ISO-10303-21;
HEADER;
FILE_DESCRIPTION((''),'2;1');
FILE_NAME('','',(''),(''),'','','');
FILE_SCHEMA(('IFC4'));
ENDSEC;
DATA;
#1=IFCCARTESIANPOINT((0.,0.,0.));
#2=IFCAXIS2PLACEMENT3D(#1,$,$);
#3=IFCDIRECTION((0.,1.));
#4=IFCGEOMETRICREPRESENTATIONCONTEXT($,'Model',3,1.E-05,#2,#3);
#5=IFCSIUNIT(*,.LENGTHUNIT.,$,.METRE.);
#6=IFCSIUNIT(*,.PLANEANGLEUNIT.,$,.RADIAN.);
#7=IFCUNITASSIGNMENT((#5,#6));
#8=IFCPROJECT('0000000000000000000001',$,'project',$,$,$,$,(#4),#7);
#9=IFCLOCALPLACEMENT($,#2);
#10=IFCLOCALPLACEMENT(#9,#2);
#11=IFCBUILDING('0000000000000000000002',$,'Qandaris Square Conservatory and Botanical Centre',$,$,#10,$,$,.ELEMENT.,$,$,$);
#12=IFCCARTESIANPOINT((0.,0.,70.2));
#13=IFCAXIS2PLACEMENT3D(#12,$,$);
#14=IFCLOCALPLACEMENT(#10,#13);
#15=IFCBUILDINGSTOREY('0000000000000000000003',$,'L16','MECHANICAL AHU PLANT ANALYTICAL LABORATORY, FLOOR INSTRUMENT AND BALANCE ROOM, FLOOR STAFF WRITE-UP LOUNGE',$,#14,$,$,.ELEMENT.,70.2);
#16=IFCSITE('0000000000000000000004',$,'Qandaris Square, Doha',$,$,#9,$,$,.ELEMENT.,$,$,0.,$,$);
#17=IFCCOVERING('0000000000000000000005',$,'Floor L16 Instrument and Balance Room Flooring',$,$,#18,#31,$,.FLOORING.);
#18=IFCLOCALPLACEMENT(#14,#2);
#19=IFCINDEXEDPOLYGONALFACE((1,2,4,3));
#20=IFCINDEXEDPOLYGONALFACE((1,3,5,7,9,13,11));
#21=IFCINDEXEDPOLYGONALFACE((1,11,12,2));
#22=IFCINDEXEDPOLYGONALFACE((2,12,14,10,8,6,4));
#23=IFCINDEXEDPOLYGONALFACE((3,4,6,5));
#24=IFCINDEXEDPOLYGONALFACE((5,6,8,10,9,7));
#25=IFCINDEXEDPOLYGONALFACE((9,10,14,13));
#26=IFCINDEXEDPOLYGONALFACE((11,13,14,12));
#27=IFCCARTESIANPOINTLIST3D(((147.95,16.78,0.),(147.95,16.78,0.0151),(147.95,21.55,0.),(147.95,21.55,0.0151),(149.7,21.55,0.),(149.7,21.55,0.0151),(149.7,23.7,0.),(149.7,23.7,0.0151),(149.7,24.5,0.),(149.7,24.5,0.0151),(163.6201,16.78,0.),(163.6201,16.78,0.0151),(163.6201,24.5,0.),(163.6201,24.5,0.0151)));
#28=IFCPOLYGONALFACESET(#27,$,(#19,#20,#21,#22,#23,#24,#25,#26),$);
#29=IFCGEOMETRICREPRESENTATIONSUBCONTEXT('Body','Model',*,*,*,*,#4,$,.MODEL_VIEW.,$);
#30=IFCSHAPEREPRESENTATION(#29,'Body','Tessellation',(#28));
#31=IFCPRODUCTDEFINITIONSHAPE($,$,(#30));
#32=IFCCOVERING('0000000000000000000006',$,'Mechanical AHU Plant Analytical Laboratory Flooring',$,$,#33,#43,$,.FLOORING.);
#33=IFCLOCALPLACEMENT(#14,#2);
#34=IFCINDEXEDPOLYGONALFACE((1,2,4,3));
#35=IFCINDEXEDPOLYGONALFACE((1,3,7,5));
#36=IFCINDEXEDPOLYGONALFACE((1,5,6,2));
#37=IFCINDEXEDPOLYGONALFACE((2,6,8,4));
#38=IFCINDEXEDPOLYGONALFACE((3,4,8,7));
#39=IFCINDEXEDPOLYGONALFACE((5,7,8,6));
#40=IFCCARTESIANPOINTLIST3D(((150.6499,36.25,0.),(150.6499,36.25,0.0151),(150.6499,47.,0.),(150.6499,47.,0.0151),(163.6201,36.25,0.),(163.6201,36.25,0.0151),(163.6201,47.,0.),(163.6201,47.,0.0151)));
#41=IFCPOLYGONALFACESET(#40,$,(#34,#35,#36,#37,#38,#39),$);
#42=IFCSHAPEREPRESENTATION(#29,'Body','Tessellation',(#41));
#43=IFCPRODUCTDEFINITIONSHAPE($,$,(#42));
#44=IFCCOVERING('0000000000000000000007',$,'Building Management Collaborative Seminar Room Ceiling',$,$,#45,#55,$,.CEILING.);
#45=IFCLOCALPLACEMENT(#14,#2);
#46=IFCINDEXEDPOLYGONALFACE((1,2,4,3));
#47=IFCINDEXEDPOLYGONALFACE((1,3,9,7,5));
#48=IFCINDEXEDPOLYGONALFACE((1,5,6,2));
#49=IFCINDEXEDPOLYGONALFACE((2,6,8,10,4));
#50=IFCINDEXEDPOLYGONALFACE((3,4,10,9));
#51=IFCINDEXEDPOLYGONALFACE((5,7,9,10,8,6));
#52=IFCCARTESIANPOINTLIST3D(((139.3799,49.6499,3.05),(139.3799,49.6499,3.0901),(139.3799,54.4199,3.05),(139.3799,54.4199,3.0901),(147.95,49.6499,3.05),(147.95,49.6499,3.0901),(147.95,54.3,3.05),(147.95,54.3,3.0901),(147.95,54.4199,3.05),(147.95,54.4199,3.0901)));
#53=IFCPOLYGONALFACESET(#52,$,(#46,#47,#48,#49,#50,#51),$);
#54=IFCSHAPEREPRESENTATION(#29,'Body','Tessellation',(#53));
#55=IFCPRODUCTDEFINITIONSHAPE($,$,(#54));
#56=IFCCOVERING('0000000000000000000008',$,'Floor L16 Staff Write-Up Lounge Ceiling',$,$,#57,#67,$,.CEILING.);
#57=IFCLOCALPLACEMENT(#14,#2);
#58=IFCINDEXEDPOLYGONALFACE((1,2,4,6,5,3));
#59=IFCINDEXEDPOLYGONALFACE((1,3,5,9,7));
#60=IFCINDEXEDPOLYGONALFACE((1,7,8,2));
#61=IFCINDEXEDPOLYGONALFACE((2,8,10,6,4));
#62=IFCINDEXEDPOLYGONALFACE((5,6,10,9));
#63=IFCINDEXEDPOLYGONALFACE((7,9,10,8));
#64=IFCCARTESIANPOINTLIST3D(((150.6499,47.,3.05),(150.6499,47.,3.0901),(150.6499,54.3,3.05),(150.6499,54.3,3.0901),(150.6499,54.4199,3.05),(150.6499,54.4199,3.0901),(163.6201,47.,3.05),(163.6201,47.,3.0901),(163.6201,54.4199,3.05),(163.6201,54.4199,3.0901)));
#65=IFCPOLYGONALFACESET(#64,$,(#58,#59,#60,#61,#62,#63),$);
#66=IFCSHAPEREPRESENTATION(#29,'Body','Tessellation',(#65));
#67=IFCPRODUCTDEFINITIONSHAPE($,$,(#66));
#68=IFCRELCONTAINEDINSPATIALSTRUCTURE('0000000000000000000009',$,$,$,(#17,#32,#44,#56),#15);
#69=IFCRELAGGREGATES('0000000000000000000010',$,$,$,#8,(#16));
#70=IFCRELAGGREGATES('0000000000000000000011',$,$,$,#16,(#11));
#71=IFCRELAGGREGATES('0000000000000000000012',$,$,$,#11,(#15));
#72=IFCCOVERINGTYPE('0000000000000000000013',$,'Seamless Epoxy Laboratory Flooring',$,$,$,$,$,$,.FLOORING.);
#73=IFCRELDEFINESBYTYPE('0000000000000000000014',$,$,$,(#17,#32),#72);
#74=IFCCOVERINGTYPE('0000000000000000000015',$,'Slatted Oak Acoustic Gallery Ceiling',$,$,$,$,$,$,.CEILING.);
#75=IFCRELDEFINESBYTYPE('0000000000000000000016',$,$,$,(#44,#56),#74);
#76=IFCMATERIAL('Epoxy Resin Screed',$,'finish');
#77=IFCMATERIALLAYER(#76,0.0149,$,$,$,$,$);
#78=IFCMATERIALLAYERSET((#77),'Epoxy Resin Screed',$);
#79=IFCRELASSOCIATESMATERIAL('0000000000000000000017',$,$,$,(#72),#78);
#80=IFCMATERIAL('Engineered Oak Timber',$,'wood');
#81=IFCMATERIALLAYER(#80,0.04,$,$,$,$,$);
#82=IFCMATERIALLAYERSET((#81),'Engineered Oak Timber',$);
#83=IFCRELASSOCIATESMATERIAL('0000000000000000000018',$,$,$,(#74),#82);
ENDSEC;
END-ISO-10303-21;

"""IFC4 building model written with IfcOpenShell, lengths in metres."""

from ifc_helpers import new_model, si_unit, direction, frame, origin, place, context, subcontext, project, spatial, polyline, outline, extrude, material, layer, layer_set, type_object, element, save


model = new_model("IFC4")

# Units and contexts
model_context = context("Model", 3, precision=1e-05, world=origin(), true_north=direction((0.0, 1.0)))
body_context = subcontext(model_context, "Body", "Model", "MODEL_VIEW")
ifc_project = project(units=[si_unit("LENGTHUNIT", "METRE"), si_unit("PLANEANGLEUNIT", "RADIAN")], contexts=[model_context])

# Site, building, storey
site_placement = place(None, origin())
site = spatial("IfcSite", under=ifc_project, at=site_placement, Name="Qandaris Square, Doha", CompositionType="ELEMENT", RefElevation=0.0)
building_placement = place(site_placement, origin())
building = spatial("IfcBuilding", under=site, at=building_placement, Name="Qandaris Square Conservatory and Botanical Centre", CompositionType="ELEMENT")
storey_placement = place(building_placement, frame((0.0, 0.0, 70.2)))
storey = spatial("IfcBuildingStorey", under=building, at=storey_placement, Name="L16", Description="MECHANICAL AHU PLANT ANALYTICAL LABORATORY, FLOOR INSTRUMENT AND BALANCE ROOM, FLOOR STAFF WRITE-UP LOUNGE", CompositionType="ELEMENT", Elevation=70.2)

# Coverings
ifc_material_1 = material(Name="Epoxy Resin Screed", Category="finish")
ifc_layer_1 = layer(ifc_material_1, 0.0149)
ifc_layer_set_1 = layer_set([ifc_layer_1], Name="Epoxy Resin Screed")
covering_type_1 = type_object("IfcCoveringType", Name="Seamless Epoxy Laboratory Flooring", PredefinedType="FLOORING", material=ifc_layer_set_1)
covering_1_placement = place(storey_placement, origin())
element("IfcCovering", 1, at=covering_1_placement, inside=storey, type_object=covering_type_1, Name="Floor L16 Instrument and Balance Room Flooring", PredefinedType="FLOORING", context=body_context, shape_type="SweptSolid", body=[
    extrude(outline(polyline([(149.7, 24.5), (163.6201, 24.5), (163.6201, 16.78), (147.95, 16.78), (147.95, 21.55), (149.7, 21.55), (149.7, 23.7), (149.7, 24.5)])), origin(), (0.0, 0.0, 1.0), 0.0151),
])
covering_2_placement = place(storey_placement, origin())
element("IfcCovering", 2, at=covering_2_placement, inside=storey, type_object=covering_type_1, Name="Mechanical AHU Plant Analytical Laboratory Flooring", PredefinedType="FLOORING", context=body_context, shape_type="SweptSolid", body=[
    extrude(outline(polyline([(163.6201, 36.25), (150.6499, 36.25), (150.6499, 47.0), (163.6201, 47.0), (163.6201, 36.25)])), origin(), (0.0, 0.0, 1.0), 0.0151),
])
ifc_material_2 = material(Name="Engineered Oak Timber", Category="wood")
ifc_layer_2 = layer(ifc_material_2, 0.04)
ifc_layer_set_2 = layer_set([ifc_layer_2], Name="Engineered Oak Timber")
covering_type_2 = type_object("IfcCoveringType", Name="Slatted Oak Acoustic Gallery Ceiling", PredefinedType="CEILING", material=ifc_layer_set_2)
covering_3_placement = place(storey_placement, frame((0.0, 0.0, 3.05)))
element("IfcCovering", 3, at=covering_3_placement, inside=storey, type_object=covering_type_2, Name="Building Management Collaborative Seminar Room Ceiling", PredefinedType="CEILING", context=body_context, shape_type="SweptSolid", body=[
    extrude(outline(polyline([(139.3799, 54.4199), (147.95, 54.4199), (147.95, 54.3), (147.95, 49.6499), (139.3799, 49.6499), (139.3799, 54.4199)])), origin(), (0.0, 0.0, 1.0), 0.04),
])
covering_4_placement = place(storey_placement, frame((0.0, 0.0, 3.05)))
element("IfcCovering", 4, at=covering_4_placement, inside=storey, type_object=covering_type_2, Name="Floor L16 Staff Write-Up Lounge Ceiling", PredefinedType="CEILING", context=body_context, shape_type="SweptSolid", body=[
    extrude(outline(polyline([(163.6201, 54.4199), (163.6201, 47.0), (150.6499, 47.0), (150.6499, 54.3), (150.6499, 54.4199), (163.6201, 54.4199)])), origin(), (0.0, 0.0, 1.0), 0.04),
])

save(model, "model.ifc")
